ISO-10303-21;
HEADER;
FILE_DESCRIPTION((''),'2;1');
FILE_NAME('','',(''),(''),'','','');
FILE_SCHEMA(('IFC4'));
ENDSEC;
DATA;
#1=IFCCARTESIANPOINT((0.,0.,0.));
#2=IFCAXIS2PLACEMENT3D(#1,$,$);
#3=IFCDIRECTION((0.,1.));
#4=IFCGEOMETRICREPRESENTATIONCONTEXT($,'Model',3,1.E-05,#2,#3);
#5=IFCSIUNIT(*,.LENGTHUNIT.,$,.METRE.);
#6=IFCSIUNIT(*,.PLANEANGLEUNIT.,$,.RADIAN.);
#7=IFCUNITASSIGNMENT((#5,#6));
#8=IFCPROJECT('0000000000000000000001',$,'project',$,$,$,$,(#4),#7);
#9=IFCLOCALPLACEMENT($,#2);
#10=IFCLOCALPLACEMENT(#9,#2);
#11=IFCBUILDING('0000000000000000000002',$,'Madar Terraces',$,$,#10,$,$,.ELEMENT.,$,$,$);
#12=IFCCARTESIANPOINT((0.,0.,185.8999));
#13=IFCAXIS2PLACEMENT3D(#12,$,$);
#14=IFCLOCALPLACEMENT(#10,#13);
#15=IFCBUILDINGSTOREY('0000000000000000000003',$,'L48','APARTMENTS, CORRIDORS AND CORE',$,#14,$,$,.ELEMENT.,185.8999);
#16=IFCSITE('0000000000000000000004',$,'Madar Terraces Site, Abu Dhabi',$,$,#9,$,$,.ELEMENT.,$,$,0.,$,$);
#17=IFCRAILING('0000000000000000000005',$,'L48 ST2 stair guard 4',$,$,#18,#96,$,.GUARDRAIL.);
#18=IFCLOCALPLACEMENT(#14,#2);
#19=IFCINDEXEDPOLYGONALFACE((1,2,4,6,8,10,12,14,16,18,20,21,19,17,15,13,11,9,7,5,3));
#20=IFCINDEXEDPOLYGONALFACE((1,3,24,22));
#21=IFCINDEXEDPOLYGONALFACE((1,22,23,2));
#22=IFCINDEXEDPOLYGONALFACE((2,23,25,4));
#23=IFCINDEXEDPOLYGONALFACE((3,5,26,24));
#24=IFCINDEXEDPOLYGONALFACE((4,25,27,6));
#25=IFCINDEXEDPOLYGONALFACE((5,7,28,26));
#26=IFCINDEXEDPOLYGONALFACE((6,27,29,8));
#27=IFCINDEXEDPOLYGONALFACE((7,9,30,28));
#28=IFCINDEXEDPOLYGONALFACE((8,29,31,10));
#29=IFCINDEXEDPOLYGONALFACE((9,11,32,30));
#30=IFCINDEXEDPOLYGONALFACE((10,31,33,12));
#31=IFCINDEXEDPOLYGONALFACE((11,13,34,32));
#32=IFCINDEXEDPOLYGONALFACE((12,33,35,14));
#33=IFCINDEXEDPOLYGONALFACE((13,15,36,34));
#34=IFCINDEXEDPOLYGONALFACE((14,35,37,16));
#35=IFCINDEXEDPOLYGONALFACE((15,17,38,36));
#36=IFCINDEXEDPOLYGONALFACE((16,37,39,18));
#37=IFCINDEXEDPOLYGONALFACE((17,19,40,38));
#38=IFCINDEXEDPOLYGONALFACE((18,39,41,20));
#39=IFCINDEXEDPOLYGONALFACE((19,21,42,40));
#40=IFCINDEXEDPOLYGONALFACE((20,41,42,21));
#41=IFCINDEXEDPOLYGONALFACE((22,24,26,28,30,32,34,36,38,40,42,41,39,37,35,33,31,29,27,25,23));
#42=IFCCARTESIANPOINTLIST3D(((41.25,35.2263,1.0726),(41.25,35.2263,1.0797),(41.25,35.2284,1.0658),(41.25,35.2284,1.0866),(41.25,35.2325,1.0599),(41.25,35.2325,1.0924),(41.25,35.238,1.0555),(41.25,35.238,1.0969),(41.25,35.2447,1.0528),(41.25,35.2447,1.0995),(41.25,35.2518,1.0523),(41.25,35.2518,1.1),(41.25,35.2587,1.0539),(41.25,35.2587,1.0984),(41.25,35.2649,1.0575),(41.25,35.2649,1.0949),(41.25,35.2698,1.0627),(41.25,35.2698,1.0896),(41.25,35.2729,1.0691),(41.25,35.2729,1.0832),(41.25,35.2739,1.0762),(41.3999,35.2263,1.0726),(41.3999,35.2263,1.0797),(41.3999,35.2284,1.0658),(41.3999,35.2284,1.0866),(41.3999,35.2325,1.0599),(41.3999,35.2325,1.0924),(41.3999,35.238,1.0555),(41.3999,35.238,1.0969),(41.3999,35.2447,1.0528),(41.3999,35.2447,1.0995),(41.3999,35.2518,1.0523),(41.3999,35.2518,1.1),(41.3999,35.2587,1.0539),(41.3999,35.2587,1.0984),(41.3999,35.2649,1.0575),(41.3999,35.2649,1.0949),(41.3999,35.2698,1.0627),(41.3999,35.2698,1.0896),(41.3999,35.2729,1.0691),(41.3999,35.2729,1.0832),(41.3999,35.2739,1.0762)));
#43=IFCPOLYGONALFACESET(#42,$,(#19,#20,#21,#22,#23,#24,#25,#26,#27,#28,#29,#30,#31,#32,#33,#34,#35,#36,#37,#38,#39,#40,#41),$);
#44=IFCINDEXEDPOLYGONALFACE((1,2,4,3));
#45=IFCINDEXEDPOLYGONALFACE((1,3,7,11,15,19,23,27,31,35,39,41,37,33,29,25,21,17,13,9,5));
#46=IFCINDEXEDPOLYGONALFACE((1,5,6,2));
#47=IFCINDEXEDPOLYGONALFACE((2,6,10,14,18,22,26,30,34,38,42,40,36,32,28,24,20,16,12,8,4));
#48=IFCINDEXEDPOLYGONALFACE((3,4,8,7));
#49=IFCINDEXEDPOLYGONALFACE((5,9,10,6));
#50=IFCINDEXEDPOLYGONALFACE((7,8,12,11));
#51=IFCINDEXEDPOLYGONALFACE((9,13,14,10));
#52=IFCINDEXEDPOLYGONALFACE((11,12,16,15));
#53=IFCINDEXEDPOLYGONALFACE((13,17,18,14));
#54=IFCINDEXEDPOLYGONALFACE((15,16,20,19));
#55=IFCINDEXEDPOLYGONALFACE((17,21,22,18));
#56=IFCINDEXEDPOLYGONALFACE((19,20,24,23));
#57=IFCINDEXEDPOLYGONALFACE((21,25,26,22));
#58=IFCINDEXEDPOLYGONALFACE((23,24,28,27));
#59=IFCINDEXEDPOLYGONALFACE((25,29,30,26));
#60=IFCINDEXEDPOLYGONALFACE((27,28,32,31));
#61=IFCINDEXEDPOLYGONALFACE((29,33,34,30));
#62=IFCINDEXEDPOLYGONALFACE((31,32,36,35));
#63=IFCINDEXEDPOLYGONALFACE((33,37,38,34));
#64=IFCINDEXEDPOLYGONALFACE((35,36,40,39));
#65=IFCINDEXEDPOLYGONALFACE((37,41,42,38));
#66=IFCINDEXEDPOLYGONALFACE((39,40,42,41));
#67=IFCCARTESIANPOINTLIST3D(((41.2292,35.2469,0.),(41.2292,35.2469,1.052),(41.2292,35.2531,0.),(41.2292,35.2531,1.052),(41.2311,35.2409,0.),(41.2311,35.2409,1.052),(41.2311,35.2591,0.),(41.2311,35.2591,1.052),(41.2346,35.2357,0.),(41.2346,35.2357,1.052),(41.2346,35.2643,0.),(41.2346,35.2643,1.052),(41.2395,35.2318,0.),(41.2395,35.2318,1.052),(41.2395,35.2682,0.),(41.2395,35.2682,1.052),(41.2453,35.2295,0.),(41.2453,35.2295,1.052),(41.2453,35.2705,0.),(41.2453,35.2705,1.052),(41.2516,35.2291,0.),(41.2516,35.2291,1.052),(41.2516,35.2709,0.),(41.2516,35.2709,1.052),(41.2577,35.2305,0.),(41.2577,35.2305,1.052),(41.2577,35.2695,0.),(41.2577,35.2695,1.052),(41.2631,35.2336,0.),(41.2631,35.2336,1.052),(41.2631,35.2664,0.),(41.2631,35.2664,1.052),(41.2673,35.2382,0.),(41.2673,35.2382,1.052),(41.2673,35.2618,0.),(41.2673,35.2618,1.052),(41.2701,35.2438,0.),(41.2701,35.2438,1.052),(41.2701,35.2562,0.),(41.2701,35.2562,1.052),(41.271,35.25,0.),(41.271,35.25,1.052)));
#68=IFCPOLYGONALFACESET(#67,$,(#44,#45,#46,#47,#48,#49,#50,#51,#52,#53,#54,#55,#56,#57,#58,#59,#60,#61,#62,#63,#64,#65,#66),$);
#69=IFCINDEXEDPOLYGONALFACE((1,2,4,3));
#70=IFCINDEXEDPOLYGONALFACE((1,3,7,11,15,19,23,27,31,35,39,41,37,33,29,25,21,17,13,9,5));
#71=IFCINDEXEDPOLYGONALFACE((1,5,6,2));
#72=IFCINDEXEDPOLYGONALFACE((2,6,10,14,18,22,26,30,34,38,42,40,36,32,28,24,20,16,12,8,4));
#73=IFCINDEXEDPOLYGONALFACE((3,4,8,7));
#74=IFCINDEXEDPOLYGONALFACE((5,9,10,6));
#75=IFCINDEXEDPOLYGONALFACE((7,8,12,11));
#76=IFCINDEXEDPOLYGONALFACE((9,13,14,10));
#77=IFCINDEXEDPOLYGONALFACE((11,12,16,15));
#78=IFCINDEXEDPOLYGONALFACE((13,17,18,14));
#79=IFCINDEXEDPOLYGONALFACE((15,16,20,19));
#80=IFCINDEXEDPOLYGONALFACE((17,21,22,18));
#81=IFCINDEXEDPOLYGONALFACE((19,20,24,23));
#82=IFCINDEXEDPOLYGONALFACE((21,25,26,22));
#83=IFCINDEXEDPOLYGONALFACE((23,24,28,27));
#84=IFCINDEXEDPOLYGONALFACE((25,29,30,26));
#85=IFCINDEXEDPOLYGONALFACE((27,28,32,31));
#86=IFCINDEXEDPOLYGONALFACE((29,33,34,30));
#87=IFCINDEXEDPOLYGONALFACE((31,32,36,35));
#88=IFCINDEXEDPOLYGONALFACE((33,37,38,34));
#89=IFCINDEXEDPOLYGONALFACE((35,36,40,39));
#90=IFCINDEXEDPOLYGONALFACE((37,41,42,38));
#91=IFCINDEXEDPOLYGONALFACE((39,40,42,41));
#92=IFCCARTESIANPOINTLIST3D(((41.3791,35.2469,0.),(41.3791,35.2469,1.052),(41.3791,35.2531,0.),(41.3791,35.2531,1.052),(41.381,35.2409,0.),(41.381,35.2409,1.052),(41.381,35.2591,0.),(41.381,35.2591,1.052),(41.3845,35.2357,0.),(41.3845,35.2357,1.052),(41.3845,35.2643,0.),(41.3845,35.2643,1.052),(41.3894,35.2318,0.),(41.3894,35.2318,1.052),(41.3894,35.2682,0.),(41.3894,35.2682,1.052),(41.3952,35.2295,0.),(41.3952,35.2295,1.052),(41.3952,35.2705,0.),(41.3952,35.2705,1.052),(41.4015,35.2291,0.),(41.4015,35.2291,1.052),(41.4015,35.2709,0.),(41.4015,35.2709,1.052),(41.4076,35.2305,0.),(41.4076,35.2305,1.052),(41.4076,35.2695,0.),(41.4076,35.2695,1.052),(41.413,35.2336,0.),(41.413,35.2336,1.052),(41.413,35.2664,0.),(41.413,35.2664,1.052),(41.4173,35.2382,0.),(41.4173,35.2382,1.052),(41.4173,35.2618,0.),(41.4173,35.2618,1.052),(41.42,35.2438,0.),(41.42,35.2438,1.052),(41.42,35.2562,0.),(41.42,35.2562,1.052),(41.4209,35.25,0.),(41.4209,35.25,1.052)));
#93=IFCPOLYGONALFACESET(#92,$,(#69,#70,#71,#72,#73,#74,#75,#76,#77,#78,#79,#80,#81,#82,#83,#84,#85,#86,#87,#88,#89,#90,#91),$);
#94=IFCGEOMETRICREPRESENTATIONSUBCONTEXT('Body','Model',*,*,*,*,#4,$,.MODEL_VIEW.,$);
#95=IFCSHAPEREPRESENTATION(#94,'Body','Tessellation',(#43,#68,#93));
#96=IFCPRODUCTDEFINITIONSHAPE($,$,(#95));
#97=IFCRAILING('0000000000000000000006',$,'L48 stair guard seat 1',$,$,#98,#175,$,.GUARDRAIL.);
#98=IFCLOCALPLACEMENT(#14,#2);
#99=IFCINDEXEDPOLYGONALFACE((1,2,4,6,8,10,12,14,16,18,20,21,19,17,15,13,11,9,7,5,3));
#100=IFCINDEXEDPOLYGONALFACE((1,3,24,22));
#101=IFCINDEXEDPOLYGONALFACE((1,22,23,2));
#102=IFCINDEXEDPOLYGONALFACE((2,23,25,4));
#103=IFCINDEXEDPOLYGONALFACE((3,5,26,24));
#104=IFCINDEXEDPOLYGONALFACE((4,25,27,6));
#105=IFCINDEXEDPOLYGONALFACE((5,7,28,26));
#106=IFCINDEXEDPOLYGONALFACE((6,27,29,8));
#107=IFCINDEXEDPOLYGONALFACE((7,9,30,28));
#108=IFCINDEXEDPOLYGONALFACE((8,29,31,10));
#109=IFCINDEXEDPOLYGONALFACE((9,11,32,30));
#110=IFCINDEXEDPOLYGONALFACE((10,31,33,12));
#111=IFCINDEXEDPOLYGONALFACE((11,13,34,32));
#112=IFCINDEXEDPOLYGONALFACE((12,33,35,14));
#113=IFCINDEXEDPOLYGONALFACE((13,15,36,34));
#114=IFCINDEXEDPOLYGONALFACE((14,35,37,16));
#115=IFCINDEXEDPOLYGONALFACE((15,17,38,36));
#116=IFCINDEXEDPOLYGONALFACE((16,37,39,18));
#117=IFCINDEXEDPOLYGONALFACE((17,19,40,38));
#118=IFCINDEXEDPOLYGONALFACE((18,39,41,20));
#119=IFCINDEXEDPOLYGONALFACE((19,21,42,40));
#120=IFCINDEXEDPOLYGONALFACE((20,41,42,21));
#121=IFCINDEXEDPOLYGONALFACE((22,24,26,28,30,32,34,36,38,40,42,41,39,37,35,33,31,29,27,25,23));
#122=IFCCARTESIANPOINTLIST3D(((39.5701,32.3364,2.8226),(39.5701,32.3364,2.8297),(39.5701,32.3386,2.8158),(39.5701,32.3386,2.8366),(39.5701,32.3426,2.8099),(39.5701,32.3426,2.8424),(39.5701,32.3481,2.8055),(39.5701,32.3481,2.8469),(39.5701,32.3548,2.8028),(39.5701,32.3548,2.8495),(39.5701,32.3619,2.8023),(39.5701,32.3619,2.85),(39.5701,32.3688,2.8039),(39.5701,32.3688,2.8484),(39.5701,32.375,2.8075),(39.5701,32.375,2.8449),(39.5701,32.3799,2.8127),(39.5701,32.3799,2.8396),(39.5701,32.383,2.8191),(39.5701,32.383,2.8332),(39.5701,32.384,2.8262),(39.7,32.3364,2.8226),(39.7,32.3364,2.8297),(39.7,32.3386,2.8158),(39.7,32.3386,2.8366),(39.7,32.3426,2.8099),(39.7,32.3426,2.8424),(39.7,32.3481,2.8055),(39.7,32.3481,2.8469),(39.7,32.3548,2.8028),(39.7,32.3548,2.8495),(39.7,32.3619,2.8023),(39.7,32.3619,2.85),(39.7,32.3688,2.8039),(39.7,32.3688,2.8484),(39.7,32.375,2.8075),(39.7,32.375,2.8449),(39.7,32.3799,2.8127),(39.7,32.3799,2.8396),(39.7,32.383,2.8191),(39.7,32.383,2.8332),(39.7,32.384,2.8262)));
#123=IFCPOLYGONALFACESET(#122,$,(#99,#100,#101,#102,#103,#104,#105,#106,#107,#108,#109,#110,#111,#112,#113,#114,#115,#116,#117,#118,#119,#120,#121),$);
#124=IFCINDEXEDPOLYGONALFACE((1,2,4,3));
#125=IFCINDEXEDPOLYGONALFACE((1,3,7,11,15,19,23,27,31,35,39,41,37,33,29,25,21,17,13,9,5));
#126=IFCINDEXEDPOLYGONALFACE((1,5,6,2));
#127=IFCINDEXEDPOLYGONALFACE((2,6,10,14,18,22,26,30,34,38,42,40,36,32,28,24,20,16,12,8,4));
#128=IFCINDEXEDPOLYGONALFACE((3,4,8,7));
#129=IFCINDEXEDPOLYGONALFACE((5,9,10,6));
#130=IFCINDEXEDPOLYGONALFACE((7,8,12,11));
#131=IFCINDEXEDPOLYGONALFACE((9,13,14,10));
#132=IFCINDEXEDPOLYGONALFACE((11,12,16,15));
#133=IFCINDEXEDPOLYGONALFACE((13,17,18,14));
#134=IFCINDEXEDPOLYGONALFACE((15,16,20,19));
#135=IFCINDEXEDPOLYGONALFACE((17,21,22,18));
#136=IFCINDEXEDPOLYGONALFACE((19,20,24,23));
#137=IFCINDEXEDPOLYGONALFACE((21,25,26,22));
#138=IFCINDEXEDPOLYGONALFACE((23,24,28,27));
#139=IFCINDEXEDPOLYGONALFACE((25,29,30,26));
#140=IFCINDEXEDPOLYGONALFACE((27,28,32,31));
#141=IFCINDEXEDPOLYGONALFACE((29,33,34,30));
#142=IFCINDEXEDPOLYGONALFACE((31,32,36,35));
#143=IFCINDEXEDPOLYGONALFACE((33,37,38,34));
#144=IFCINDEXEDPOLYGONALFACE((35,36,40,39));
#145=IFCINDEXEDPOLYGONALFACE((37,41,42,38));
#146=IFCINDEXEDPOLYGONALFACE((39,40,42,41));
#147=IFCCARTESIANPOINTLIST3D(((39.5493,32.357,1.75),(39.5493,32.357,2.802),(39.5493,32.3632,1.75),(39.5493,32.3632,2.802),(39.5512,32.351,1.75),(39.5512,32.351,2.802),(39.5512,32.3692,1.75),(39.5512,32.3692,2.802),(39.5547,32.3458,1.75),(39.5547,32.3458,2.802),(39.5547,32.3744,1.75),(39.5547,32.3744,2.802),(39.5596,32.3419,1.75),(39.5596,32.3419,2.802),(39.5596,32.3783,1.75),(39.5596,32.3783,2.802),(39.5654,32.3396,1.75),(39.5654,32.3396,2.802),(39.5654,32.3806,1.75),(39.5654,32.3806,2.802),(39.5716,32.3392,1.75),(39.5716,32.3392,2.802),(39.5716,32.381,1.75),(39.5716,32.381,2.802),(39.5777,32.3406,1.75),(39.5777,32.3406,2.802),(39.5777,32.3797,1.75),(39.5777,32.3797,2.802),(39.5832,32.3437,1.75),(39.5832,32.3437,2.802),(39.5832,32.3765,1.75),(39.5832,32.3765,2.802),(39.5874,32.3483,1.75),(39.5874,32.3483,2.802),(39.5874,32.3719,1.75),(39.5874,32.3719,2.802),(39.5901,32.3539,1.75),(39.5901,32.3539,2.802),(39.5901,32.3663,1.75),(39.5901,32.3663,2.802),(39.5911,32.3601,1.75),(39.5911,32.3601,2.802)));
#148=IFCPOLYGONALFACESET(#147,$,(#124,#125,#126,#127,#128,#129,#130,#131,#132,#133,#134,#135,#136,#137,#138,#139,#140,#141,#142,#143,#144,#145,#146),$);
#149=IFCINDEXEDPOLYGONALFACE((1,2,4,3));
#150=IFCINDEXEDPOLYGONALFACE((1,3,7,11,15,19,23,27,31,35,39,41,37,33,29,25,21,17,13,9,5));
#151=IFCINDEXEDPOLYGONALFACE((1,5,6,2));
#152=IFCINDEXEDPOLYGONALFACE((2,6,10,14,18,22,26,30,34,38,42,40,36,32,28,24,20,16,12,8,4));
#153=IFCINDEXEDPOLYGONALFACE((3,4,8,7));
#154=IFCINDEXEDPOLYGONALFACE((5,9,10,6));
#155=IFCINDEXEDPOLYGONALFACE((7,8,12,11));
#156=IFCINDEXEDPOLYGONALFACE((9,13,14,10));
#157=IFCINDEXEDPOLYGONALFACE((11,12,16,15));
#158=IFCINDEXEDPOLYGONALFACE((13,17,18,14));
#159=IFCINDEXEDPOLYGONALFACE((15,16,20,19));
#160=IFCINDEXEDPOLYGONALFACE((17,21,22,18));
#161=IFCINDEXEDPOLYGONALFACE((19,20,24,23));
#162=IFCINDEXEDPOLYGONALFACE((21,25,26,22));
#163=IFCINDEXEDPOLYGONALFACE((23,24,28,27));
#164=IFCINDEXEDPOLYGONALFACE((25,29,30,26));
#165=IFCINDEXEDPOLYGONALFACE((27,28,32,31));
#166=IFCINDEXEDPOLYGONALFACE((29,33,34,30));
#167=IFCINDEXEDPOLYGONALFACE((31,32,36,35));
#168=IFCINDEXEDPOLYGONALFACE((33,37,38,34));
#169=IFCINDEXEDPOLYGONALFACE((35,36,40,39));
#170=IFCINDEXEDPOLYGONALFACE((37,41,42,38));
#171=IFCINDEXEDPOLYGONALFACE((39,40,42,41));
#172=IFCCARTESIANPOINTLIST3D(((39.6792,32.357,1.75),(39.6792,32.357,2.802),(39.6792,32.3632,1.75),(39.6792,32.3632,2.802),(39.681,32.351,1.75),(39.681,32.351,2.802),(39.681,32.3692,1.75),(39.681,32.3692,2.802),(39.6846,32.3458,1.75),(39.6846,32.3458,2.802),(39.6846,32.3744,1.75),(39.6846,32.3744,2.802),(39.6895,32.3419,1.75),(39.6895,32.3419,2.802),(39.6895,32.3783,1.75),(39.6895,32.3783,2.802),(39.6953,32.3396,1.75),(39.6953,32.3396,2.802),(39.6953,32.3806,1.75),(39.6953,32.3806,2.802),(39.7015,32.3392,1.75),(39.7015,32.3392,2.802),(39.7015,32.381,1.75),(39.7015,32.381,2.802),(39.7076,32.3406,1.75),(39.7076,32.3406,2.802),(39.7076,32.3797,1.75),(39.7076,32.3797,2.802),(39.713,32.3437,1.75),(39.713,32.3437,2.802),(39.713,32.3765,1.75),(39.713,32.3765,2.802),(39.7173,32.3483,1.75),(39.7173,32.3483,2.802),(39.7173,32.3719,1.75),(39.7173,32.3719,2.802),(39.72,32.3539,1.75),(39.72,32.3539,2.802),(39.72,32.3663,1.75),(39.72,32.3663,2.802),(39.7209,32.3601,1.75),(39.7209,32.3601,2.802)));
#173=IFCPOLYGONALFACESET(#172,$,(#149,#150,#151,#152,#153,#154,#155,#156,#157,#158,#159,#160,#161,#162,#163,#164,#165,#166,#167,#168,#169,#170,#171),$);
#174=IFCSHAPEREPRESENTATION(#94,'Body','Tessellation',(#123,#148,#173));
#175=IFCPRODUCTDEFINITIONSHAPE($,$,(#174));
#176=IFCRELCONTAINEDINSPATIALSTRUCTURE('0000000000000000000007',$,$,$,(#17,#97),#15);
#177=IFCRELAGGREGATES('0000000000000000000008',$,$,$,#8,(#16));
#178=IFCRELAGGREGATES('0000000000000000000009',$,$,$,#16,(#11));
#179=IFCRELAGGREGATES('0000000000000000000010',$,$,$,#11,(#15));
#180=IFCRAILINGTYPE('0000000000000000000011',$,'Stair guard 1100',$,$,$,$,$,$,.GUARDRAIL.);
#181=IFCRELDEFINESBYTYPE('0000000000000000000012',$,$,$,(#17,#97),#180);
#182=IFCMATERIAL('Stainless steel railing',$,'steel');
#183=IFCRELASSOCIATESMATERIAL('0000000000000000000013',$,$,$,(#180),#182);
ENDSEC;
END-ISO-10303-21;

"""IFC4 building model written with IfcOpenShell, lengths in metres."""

from ifc_helpers import new_model, si_unit, direction, frame, origin, origin_2d, place, context, subcontext, project, spatial, circle, extrude, material, type_object, element, save


model = new_model("IFC4")

# Units and contexts
model_context = context("Model", 3, precision=1e-05, world=origin(), true_north=direction((0.0, 1.0)))
body_context = subcontext(model_context, "Body", "Model", "MODEL_VIEW")
ifc_project = project(units=[si_unit("LENGTHUNIT", "METRE"), si_unit("PLANEANGLEUNIT", "RADIAN")], contexts=[model_context])

# Site, building, storey
site_placement = place(None, origin())
site = spatial("IfcSite", under=ifc_project, at=site_placement, Name="Madar Terraces Site, Abu Dhabi", CompositionType="ELEMENT", RefElevation=0.0)
building_placement = place(site_placement, origin())
building = spatial("IfcBuilding", under=site, at=building_placement, Name="Madar Terraces", CompositionType="ELEMENT")
storey_placement = place(building_placement, frame((0.0, 0.0, 185.8999)))
storey = spatial("IfcBuildingStorey", under=building, at=storey_placement, Name="L48", Description="APARTMENTS, CORRIDORS AND CORE", CompositionType="ELEMENT", Elevation=185.8999)

# Railings
ifc_material_1 = material(Name="Stainless steel railing", Category="steel")
railing_type_1 = type_object("IfcRailingType", Name="Stair guard 1100", PredefinedType="GUARDRAIL", material=ifc_material_1)
railing_1_placement = place(storey_placement, frame((41.25, 35.25, 0.0)))
element("IfcRailing", 1, at=railing_1_placement, inside=storey, type_object=railing_type_1, Name="L48 ST2 stair guard 4", PredefinedType="GUARDRAIL", context=body_context, shape_type="SweptSolid", body=[
    extrude(circle(Radius=0.0239, at=origin_2d()), frame((0.0, 0.0, 1.0762), z_axis=(1.0, 0.0, 0.0), x_axis=(0.0, 1.0, 0.0)), (0.0, 0.0, 1.0), 0.1499),
    extrude(circle(Radius=0.021, at=origin_2d()), origin(), (0.0, 0.0, 1.0), 1.052),
    extrude(circle(Radius=0.021, at=origin_2d()), frame((0.1499, 0.0, 0.0)), (0.0, 0.0, 1.0), 1.052),
])
railing_2_placement = place(storey_placement, frame((39.5701, 32.3601, 1.75)))
element("IfcRailing", 2, at=railing_2_placement, inside=storey, type_object=railing_type_1, Name="L48 stair guard seat 1", PredefinedType="GUARDRAIL", context=body_context, shape_type="SweptSolid", body=[
    extrude(circle(Radius=0.0239, at=origin_2d()), frame((0.0, 0.0, 1.0762), z_axis=(1.0, 0.0, 0.0), x_axis=(0.0, 1.0, 0.0)), (0.0, 0.0, 1.0), 0.1299),
    extrude(circle(Radius=0.021, at=origin_2d()), origin(), (0.0, 0.0, 1.0), 1.052),
    extrude(circle(Radius=0.021, at=origin_2d()), frame((0.1299, 0.0, 0.0)), (0.0, 0.0, 1.0), 1.052),
])

save(model, "model.ifc")
